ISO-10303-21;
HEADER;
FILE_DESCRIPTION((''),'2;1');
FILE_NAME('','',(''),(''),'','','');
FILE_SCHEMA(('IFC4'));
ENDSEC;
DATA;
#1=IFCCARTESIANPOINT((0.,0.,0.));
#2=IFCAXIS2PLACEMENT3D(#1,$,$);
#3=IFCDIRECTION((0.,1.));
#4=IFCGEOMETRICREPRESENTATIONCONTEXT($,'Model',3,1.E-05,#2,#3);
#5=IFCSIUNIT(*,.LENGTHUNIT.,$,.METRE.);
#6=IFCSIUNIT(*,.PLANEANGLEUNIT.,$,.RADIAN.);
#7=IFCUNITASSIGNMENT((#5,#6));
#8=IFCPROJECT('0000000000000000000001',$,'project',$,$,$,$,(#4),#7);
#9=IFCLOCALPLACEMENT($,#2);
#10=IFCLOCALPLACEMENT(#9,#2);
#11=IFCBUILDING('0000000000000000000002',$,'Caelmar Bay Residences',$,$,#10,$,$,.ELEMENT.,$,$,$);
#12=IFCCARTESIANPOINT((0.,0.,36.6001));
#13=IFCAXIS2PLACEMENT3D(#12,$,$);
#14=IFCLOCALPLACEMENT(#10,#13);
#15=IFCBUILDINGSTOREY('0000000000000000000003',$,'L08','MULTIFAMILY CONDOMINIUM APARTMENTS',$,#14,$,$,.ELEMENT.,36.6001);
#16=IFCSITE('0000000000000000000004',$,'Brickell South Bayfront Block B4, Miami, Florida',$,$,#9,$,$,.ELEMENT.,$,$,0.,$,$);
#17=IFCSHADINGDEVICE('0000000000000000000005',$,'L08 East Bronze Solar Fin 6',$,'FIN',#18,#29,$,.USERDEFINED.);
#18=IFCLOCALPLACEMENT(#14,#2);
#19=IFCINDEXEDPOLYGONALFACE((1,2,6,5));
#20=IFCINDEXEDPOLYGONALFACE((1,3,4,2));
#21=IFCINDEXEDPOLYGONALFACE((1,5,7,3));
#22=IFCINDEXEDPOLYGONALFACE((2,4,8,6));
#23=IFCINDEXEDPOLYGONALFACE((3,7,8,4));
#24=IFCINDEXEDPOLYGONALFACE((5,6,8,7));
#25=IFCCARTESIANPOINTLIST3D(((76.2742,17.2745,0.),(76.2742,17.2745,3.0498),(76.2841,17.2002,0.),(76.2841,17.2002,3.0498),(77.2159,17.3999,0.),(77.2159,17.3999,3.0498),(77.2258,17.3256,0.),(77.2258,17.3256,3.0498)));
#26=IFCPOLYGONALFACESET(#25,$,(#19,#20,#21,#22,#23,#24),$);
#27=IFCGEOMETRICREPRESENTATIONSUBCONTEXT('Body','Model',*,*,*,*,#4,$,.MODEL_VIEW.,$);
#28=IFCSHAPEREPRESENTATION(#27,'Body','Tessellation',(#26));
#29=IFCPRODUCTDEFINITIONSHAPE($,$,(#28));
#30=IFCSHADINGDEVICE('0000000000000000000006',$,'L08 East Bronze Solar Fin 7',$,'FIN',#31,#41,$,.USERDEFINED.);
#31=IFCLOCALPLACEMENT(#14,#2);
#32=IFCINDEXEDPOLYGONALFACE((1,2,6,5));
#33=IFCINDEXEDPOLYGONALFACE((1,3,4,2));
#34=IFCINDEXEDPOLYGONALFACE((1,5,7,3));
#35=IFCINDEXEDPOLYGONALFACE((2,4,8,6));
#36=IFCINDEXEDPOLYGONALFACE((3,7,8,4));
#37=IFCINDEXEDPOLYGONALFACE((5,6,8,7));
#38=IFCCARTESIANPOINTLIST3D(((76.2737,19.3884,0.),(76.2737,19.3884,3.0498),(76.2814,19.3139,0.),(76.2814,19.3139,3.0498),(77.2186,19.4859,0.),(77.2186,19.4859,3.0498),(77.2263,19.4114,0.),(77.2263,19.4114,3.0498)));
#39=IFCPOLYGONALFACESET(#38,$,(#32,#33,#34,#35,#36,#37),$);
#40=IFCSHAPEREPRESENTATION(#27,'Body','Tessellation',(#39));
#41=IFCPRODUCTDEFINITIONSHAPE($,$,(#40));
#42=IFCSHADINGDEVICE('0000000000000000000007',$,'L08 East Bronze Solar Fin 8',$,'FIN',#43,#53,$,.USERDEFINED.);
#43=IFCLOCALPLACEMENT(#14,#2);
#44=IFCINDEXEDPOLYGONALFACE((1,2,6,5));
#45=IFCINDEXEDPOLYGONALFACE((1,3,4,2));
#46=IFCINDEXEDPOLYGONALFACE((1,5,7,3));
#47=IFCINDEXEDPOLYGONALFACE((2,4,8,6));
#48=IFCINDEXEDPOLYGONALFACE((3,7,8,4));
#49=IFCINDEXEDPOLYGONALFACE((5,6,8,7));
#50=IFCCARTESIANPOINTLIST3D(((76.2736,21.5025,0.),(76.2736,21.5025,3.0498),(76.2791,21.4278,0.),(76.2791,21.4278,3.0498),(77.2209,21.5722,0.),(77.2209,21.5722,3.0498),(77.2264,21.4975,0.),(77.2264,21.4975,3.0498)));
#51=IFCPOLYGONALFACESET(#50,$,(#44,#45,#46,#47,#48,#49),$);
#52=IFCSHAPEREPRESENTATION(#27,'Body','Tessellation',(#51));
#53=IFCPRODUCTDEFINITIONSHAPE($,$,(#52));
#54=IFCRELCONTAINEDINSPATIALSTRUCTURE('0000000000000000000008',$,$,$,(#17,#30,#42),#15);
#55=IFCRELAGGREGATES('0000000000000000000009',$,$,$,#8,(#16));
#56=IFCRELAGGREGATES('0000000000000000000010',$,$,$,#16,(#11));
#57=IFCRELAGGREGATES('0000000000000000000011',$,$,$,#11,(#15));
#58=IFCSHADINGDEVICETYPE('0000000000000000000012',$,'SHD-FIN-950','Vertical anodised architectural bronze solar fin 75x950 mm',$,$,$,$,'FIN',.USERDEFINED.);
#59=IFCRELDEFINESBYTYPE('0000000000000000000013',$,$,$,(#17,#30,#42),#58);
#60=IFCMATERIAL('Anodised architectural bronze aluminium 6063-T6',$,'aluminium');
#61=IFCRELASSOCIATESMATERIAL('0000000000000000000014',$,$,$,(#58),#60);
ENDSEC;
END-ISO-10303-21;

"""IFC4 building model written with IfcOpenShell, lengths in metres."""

from ifc_helpers import new_model, si_unit, direction, frame, origin, origin_2d, place, context, subcontext, project, spatial, rectangle, extrude, material, material_profile, profile_set, type_object, element, save


model = new_model("IFC4")

# Units and contexts
model_context = context("Model", 3, precision=1e-05, world=origin(), true_north=direction((0.0, 1.0)))
body_context = subcontext(model_context, "Body", "Model", "MODEL_VIEW")
ifc_project = project(units=[si_unit("LENGTHUNIT", "METRE"), si_unit("PLANEANGLEUNIT", "RADIAN")], contexts=[model_context])

# Site, building, storey
site_placement = place(None, origin())
site = spatial("IfcSite", under=ifc_project, at=site_placement, Name="Brickell South Bayfront Block B4, Miami, Florida", CompositionType="ELEMENT", RefElevation=0.0)
building_placement = place(site_placement, origin())
building = spatial("IfcBuilding", under=site, at=building_placement, Name="Caelmar Bay Residences", CompositionType="ELEMENT")
storey_placement = place(building_placement, frame((0.0, 0.0, 36.6001)))
storey = spatial("IfcBuildingStorey", under=building, at=storey_placement, Name="L08", Description="MULTIFAMILY CONDOMINIUM APARTMENTS", CompositionType="ELEMENT", Elevation=36.6001)

# Shading devices
ifc_material_1 = material(Name="Anodised architectural bronze aluminium 6063-T6", Category="aluminium")
ifc_material_profile_1 = material_profile(ifc_material_1, rectangle(XDim=0.075, YDim=0.95, at=origin_2d()), Name="BRONZE-FIN-75X950")
ifc_profile_set_1 = profile_set([ifc_material_profile_1], Name="Anodised architectural bronze aluminium 6063-T6")
shading_device_type = type_object("IfcShadingDeviceType", Name="SHD-FIN-950", Description="Vertical anodised architectural bronze solar fin 75x950 mm", ElementType="FIN", PredefinedType="USERDEFINED", material=ifc_profile_set_1)
for number, where, z_axis, x_axis, name in (
    (1, (76.75, 17.3, 0.0), (0.0, 0.0, 1.0), (-0.13191, 0.991262, 0.0), "L08 East Bronze Solar Fin 6"),
    (2, (76.75, 19.3999, 0.0), (0.0, 0.0, 1.0), (-0.102619, 0.994721, 0.0), "L08 East Bronze Solar Fin 7"),
    (3, (76.75, 21.5, 0.0), (0.0, 0.0, 1.0), (-0.073412, 0.997302, 0.0), "L08 East Bronze Solar Fin 8"),
):
    element("IfcShadingDevice", number, at=place(storey_placement, frame(where, z_axis=z_axis, x_axis=x_axis)), inside=storey, type_object=shading_device_type, Name=name, ObjectType="FIN", PredefinedType="USERDEFINED", context=body_context, shape_type="SweptSolid", body=[
        extrude(rectangle(XDim=0.075, YDim=0.95, at=origin_2d()), origin(), (0.0, 0.0, 1.0), 3.0498),
    ])

save(model, "model.ifc")
